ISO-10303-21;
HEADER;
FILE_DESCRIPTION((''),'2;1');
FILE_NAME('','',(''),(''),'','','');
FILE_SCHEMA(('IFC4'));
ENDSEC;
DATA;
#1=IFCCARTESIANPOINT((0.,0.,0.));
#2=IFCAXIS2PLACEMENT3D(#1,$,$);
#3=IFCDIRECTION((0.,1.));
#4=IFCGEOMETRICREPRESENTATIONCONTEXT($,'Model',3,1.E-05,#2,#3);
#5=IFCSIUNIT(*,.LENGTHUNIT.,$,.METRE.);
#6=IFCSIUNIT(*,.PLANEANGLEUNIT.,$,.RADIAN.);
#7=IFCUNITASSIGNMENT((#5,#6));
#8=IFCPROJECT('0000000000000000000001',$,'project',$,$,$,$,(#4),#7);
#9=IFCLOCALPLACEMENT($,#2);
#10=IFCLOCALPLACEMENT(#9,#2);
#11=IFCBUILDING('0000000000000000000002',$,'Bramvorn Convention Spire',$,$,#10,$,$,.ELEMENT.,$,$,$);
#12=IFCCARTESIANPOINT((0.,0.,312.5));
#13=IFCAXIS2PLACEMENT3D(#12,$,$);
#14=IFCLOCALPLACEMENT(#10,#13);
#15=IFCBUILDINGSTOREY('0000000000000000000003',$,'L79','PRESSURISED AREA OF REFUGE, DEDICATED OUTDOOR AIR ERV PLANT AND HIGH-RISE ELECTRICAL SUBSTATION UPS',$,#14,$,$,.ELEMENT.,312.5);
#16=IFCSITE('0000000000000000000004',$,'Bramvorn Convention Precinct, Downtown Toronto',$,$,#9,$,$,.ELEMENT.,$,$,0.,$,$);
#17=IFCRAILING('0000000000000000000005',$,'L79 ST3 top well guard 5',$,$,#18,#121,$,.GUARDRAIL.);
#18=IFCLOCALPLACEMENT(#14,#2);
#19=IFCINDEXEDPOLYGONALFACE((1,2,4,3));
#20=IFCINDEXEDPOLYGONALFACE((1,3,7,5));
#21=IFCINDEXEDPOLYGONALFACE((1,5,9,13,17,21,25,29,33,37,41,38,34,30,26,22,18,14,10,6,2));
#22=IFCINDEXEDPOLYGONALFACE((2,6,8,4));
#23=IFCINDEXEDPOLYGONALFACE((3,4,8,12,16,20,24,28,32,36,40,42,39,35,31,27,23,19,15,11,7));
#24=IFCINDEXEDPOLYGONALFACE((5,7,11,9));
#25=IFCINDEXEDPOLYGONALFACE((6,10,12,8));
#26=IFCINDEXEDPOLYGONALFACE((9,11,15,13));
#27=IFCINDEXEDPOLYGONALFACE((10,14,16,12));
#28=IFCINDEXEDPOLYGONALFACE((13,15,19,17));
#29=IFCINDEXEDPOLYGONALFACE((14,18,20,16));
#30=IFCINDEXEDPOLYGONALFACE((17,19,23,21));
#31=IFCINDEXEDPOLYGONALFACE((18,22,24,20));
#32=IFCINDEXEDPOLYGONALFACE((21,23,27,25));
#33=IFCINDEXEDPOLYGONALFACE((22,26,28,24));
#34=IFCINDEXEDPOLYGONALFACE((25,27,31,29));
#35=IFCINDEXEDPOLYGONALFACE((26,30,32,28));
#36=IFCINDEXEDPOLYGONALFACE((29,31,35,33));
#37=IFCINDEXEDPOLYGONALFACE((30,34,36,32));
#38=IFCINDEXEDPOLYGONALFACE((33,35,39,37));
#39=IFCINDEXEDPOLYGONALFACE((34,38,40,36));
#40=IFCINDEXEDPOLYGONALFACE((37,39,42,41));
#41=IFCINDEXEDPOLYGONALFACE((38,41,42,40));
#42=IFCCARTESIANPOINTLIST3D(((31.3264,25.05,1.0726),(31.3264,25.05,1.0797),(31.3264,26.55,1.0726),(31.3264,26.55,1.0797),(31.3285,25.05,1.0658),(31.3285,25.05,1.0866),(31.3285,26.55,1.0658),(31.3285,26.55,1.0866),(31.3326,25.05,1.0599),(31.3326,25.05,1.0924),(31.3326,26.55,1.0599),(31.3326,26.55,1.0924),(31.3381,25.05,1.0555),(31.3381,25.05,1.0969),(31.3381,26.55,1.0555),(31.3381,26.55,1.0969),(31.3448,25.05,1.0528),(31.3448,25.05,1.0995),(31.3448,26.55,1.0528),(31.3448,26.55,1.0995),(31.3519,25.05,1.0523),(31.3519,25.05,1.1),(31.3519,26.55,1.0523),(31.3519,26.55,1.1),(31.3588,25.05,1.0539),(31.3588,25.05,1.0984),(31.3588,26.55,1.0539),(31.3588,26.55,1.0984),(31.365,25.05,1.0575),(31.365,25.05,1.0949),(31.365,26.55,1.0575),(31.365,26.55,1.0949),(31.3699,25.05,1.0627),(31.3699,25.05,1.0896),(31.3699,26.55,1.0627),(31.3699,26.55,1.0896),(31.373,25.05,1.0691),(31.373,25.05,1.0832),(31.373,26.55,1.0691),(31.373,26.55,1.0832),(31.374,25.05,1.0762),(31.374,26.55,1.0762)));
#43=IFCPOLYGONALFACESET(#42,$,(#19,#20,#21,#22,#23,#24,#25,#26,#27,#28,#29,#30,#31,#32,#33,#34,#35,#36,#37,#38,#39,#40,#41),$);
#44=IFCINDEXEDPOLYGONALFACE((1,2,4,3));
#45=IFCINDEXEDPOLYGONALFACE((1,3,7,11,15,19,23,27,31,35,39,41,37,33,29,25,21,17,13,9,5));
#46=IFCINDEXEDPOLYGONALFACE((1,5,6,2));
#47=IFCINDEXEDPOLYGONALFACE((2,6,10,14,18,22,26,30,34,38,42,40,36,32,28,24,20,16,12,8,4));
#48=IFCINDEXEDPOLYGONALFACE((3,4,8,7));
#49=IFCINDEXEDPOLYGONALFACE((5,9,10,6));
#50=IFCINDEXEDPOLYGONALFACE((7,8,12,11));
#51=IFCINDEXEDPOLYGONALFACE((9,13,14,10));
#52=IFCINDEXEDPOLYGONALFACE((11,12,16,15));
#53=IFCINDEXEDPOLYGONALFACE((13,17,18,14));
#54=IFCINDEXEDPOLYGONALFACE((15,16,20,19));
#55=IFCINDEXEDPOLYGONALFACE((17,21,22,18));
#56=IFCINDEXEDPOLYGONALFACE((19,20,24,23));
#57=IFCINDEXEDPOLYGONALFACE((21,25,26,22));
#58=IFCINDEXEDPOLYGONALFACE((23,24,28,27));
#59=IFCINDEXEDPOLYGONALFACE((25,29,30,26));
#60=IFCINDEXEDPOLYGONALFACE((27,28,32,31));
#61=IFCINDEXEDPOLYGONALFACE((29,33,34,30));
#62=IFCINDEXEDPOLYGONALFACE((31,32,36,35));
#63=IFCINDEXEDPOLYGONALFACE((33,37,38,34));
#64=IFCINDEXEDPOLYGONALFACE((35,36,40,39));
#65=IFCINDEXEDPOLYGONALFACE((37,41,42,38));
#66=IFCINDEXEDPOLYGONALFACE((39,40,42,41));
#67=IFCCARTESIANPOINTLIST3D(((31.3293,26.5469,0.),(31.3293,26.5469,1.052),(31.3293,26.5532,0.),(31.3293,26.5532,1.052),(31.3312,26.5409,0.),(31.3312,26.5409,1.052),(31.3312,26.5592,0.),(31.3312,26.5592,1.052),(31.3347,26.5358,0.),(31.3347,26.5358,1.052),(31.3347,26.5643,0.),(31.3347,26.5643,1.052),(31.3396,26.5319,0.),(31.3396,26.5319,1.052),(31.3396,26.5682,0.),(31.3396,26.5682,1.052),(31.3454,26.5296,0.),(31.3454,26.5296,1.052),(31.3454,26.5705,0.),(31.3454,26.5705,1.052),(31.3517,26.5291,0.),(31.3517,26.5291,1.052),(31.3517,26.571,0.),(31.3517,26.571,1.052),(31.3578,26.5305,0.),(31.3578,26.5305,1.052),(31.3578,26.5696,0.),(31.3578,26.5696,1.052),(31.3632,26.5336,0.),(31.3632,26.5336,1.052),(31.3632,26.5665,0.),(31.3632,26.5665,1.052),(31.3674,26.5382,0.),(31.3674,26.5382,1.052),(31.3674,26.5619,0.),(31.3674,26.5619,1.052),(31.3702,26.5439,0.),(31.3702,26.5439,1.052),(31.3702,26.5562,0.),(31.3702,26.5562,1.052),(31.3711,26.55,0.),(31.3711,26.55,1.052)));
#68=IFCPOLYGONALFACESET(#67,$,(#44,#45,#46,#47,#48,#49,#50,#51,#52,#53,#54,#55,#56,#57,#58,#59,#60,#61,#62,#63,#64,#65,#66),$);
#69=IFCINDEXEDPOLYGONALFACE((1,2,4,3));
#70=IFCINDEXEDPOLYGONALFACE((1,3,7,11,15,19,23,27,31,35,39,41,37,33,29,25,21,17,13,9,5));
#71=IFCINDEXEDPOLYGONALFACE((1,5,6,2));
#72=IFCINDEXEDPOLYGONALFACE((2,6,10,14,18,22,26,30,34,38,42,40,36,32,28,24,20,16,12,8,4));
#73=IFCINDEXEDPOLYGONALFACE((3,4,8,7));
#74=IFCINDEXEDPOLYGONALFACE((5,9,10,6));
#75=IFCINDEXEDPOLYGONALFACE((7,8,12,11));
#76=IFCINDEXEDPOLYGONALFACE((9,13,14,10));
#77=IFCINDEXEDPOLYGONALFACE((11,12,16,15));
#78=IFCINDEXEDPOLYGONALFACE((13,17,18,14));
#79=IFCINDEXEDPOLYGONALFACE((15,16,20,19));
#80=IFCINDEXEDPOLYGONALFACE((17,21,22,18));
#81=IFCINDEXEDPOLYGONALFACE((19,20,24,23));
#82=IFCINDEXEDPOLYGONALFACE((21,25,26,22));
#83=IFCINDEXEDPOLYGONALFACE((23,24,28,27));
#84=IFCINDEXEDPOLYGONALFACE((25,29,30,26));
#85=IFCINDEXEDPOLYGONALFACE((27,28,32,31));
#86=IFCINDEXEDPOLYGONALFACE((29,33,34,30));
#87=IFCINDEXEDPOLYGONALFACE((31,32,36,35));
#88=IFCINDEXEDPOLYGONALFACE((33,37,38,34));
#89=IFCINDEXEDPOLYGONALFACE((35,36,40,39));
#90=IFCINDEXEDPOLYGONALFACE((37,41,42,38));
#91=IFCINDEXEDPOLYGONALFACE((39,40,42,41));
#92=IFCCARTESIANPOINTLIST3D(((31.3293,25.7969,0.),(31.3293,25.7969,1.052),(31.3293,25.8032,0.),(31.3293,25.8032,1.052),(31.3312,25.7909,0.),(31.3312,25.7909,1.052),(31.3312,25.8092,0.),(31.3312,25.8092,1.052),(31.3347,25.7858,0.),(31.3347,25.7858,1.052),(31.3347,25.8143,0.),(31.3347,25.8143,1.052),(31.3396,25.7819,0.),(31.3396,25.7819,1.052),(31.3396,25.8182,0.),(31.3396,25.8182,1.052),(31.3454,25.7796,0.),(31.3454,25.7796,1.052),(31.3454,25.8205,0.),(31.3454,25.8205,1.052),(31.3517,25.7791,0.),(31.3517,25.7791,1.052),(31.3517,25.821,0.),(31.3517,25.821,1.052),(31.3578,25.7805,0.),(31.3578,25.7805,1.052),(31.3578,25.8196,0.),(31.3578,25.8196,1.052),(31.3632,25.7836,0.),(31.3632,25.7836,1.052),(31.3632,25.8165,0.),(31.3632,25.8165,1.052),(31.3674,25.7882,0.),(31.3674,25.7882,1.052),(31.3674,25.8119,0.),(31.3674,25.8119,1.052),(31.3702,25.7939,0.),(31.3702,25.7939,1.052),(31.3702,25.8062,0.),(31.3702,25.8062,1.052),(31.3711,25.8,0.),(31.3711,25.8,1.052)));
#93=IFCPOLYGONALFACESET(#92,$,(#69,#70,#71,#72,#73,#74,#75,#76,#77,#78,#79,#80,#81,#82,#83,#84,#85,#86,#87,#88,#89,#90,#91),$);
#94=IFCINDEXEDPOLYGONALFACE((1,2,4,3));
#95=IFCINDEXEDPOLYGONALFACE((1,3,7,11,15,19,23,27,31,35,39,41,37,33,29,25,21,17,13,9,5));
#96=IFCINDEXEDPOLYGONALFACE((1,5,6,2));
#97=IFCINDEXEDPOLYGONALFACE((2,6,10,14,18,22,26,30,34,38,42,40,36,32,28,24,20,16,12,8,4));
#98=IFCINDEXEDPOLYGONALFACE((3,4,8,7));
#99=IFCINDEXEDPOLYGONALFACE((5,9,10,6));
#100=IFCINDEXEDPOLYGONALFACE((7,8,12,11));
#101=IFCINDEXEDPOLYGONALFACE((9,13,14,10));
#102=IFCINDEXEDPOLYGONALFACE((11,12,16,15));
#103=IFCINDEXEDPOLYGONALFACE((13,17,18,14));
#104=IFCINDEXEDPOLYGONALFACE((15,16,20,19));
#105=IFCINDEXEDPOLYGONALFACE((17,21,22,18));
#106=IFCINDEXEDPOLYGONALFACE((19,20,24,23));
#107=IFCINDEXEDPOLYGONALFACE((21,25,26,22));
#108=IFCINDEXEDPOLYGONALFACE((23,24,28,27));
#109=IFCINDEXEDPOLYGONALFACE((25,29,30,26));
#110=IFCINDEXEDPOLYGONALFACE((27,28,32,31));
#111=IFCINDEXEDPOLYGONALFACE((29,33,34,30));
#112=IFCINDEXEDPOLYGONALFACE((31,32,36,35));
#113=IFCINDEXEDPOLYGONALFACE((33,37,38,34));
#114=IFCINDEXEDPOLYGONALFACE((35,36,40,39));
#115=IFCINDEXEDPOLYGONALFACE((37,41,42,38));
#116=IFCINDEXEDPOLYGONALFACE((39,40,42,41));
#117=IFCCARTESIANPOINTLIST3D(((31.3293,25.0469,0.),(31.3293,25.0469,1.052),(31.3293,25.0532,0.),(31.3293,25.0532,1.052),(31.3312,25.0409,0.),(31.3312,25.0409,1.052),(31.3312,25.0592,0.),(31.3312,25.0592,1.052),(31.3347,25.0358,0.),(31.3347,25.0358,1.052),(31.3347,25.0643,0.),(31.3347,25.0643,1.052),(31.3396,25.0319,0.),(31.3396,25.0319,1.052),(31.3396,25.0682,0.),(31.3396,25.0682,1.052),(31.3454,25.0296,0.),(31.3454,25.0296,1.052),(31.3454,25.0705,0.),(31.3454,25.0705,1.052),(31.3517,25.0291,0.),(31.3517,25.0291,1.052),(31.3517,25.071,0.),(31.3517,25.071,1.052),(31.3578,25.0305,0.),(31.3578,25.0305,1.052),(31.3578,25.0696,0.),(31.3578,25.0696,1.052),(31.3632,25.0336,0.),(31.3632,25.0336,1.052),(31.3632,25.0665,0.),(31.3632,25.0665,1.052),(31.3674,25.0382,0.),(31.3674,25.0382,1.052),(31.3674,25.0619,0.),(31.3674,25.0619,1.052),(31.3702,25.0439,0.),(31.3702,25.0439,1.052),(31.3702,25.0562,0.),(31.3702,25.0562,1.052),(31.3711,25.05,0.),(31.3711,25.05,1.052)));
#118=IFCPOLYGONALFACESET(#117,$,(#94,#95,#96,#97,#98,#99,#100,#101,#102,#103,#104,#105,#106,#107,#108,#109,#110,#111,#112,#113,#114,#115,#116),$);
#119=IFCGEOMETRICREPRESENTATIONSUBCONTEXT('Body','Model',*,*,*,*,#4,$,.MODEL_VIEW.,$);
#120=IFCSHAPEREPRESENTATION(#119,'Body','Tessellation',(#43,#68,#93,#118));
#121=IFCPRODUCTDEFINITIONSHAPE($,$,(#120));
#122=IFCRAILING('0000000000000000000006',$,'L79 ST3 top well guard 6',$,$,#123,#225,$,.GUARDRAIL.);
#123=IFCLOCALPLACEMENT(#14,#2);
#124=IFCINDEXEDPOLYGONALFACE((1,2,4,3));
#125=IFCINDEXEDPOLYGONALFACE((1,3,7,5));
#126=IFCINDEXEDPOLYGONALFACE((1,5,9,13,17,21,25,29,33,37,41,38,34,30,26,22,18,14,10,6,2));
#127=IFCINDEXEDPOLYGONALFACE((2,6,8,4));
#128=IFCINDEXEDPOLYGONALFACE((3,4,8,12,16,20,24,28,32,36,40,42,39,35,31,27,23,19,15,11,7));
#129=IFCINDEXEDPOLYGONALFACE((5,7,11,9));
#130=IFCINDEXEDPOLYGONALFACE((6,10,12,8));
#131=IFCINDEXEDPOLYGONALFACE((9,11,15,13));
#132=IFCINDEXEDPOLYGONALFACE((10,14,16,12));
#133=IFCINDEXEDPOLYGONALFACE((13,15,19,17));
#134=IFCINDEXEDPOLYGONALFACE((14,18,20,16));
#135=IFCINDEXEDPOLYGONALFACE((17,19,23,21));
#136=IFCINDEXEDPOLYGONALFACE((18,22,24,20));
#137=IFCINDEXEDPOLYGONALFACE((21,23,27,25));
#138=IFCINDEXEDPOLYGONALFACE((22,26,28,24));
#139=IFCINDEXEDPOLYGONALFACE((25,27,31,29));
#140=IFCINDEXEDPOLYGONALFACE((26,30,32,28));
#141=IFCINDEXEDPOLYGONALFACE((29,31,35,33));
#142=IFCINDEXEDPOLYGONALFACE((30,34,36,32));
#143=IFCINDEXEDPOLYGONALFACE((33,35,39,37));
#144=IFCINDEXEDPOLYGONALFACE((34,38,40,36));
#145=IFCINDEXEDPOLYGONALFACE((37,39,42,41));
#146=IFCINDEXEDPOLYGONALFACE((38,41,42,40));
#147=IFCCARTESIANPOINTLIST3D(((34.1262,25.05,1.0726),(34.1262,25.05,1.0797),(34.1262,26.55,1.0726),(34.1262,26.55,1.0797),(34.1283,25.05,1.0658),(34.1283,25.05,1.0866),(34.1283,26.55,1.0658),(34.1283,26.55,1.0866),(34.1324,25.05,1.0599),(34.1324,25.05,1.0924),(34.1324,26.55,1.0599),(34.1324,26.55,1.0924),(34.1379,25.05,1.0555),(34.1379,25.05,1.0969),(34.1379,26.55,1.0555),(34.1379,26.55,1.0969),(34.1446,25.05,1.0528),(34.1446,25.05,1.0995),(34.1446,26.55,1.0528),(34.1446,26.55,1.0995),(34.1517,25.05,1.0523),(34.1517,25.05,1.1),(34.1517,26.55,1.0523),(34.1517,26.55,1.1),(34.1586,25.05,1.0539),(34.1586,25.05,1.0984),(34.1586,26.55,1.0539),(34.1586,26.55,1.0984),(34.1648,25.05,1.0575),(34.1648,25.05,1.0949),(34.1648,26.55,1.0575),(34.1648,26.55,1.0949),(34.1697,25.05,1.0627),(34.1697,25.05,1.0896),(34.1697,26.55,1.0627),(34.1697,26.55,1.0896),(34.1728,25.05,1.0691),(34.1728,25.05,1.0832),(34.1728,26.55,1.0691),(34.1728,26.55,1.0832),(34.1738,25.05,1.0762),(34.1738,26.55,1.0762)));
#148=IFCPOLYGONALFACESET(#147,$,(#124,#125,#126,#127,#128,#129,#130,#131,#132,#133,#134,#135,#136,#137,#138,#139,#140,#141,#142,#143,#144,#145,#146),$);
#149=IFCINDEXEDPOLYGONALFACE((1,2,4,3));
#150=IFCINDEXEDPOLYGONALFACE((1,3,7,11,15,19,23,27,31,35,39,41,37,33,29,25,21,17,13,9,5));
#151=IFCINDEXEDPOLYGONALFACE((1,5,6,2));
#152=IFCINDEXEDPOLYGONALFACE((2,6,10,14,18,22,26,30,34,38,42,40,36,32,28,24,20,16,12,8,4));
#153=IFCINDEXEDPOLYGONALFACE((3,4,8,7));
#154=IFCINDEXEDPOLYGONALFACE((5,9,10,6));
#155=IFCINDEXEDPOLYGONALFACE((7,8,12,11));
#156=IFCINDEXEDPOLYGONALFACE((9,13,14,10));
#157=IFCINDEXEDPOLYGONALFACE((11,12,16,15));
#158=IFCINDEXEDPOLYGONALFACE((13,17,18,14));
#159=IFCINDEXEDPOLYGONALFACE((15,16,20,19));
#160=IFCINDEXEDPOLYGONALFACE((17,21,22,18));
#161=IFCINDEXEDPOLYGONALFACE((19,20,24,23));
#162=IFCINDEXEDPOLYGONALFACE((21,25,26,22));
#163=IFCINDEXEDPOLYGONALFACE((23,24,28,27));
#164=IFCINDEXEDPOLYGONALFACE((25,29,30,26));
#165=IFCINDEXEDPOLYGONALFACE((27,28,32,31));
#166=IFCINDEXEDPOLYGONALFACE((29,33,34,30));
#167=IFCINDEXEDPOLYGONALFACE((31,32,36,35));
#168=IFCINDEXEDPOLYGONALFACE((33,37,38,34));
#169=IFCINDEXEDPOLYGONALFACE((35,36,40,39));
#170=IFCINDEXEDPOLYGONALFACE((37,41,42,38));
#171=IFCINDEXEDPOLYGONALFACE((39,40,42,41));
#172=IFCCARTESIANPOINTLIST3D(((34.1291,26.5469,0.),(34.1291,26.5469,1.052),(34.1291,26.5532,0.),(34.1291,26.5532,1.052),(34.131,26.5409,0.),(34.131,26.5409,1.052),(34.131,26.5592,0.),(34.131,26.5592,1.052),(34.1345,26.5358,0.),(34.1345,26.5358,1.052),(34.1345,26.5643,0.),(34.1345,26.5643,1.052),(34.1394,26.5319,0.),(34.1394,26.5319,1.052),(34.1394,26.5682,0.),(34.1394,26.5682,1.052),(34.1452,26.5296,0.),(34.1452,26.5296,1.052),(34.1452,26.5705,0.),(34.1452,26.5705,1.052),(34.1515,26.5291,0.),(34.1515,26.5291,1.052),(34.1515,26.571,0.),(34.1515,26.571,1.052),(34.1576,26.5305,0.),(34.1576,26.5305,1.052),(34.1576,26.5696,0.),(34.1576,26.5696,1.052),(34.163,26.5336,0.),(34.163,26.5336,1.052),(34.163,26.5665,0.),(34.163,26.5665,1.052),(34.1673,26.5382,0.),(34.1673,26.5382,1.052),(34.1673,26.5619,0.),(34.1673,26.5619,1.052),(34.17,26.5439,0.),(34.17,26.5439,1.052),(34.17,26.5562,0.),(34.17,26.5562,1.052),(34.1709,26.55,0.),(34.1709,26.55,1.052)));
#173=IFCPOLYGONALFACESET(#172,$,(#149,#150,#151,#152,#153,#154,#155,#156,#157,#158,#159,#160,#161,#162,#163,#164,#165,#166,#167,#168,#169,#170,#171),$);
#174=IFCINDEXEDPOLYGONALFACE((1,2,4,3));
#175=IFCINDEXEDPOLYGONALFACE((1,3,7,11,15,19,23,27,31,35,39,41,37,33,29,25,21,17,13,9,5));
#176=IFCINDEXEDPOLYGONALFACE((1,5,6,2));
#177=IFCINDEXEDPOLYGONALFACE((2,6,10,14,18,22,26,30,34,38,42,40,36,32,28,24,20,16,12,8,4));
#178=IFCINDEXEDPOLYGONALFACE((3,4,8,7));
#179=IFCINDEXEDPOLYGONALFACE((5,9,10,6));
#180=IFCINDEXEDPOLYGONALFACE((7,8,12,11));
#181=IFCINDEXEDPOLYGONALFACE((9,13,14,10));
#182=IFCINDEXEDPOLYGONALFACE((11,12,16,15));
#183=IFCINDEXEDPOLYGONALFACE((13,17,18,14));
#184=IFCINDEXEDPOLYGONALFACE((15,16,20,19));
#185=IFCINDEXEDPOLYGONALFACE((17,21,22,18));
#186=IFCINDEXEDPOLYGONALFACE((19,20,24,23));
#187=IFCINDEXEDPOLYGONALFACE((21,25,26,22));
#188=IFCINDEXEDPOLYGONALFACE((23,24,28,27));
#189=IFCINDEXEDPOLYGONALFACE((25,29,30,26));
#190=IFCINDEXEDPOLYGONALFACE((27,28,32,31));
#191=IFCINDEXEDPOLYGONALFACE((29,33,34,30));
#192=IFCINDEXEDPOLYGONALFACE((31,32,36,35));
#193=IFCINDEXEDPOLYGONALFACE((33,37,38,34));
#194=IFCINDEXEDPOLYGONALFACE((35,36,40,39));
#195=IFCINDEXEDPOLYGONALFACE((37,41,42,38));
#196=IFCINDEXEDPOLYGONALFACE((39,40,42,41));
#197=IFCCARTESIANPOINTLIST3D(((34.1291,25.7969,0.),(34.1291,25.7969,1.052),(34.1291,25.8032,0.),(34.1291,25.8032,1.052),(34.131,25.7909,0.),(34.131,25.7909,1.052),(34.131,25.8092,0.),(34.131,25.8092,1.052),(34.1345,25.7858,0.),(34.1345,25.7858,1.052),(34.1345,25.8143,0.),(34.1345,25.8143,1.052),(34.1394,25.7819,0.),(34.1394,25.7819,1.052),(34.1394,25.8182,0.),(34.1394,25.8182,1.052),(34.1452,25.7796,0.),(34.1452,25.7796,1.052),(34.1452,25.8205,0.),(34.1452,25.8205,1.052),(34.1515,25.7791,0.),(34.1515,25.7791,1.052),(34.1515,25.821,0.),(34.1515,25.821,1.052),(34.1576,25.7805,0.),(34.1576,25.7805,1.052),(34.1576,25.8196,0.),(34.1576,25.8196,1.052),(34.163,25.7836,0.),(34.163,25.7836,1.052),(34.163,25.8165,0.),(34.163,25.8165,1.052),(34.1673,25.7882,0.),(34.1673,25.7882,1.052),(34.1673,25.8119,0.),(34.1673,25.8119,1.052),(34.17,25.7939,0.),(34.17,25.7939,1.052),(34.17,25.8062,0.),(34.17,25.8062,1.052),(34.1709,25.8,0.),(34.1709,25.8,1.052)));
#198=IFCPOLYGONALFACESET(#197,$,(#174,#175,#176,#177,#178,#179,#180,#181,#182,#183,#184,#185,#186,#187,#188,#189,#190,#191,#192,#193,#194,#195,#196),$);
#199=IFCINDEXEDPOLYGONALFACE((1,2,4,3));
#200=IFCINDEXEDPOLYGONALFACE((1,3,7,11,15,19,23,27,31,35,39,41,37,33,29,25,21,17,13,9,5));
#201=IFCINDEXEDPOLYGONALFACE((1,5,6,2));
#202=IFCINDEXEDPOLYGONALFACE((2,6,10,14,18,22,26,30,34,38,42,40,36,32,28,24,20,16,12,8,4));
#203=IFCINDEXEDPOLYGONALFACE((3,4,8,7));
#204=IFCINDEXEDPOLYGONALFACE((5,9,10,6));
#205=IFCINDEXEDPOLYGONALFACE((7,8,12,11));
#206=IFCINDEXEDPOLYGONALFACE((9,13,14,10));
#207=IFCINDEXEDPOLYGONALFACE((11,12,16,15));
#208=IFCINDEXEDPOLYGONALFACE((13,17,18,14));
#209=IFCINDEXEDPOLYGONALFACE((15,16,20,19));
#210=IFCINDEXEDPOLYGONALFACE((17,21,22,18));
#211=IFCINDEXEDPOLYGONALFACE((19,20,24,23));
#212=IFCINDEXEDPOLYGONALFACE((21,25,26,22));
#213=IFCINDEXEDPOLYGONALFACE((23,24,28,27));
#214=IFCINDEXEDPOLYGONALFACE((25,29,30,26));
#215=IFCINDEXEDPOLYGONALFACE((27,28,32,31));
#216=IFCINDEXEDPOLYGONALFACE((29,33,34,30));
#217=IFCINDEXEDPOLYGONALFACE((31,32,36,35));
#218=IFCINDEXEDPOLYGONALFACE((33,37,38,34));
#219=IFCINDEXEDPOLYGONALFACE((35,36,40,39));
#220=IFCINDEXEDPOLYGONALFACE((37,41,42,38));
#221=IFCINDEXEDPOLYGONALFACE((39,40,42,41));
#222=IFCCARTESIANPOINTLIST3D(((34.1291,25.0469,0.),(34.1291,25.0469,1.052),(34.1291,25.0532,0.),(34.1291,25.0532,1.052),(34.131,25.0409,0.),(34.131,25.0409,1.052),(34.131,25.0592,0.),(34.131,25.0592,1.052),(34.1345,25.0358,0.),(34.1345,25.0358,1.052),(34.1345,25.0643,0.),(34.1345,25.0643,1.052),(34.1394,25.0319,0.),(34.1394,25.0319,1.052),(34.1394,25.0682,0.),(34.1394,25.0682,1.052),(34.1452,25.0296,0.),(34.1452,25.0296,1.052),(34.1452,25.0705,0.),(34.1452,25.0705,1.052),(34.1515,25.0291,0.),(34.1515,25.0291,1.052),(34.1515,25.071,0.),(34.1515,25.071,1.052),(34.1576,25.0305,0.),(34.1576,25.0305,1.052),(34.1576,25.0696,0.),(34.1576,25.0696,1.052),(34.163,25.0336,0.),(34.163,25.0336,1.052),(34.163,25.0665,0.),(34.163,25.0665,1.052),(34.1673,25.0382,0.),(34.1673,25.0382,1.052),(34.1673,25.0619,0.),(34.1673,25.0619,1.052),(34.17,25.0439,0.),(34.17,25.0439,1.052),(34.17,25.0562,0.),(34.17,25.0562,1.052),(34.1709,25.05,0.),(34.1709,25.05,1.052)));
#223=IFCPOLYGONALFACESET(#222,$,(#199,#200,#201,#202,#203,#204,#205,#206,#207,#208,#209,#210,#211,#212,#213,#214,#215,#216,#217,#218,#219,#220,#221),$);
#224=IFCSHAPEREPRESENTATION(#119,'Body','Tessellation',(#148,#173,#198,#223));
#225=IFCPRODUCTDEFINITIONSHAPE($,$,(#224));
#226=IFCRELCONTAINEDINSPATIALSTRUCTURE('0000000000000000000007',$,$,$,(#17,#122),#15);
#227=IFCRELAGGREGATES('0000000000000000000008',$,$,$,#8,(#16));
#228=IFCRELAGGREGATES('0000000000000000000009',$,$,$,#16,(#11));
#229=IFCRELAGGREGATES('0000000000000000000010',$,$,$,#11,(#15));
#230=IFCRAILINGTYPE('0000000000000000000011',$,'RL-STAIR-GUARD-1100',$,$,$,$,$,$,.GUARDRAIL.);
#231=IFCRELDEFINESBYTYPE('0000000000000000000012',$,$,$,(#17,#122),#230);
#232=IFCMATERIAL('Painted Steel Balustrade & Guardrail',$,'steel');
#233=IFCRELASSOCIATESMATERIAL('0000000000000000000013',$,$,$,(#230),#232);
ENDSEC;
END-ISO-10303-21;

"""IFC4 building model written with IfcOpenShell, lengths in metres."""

from ifc_helpers import new_model, si_unit, direction, frame, origin, origin_2d, place, context, subcontext, project, spatial, circle, extrude, material, type_object, element, save


model = new_model("IFC4")

# Units and contexts
model_context = context("Model", 3, precision=1e-05, world=origin(), true_north=direction((0.0, 1.0)))
body_context = subcontext(model_context, "Body", "Model", "MODEL_VIEW")
ifc_project = project(units=[si_unit("LENGTHUNIT", "METRE"), si_unit("PLANEANGLEUNIT", "RADIAN")], contexts=[model_context])

# Site, building, storey
site_placement = place(None, origin())
site = spatial("IfcSite", under=ifc_project, at=site_placement, Name="Bramvorn Convention Precinct, Downtown Toronto", CompositionType="ELEMENT", RefElevation=0.0)
building_placement = place(site_placement, origin())
building = spatial("IfcBuilding", under=site, at=building_placement, Name="Bramvorn Convention Spire", CompositionType="ELEMENT")
storey_placement = place(building_placement, frame((0.0, 0.0, 312.5)))
storey = spatial("IfcBuildingStorey", under=building, at=storey_placement, Name="L79", Description="PRESSURISED AREA OF REFUGE, DEDICATED OUTDOOR AIR ERV PLANT AND HIGH-RISE ELECTRICAL SUBSTATION UPS", CompositionType="ELEMENT", Elevation=312.5)

# Railings
ifc_material_1 = material(Name="Painted Steel Balustrade & Guardrail", Category="steel")
railing_type = type_object("IfcRailingType", Name="RL-STAIR-GUARD-1100", PredefinedType="GUARDRAIL", material=ifc_material_1)
for number, where, name in (
    (1, (31.3501, 26.55, 0.0), "L79 ST3 top well guard 5"),
    (2, (34.1499, 26.55, 0.0), "L79 ST3 top well guard 6"),
):
    element("IfcRailing", number, at=place(storey_placement, frame(where)), inside=storey, type_object=railing_type, Name=name, PredefinedType="GUARDRAIL", context=body_context, shape_type="SweptSolid", body=[
        extrude(circle(Radius=0.0239, at=origin_2d()), frame((0.0, 0.0, 1.0762), z_axis=(0.0, -1.0, 0.0), x_axis=(1.0, 0.0, 0.0)), (0.0, 0.0, 1.0), 1.5),
        extrude(circle(Radius=0.021, at=origin_2d()), origin(), (0.0, 0.0, 1.0), 1.052),
        extrude(circle(Radius=0.021, at=origin_2d()), frame((0.0, -0.75, 0.0)), (0.0, 0.0, 1.0), 1.052),
        extrude(circle(Radius=0.021, at=origin_2d()), frame((0.0, -1.5, 0.0)), (0.0, 0.0, 1.0), 1.052),
    ])

save(model, "model.ifc")
